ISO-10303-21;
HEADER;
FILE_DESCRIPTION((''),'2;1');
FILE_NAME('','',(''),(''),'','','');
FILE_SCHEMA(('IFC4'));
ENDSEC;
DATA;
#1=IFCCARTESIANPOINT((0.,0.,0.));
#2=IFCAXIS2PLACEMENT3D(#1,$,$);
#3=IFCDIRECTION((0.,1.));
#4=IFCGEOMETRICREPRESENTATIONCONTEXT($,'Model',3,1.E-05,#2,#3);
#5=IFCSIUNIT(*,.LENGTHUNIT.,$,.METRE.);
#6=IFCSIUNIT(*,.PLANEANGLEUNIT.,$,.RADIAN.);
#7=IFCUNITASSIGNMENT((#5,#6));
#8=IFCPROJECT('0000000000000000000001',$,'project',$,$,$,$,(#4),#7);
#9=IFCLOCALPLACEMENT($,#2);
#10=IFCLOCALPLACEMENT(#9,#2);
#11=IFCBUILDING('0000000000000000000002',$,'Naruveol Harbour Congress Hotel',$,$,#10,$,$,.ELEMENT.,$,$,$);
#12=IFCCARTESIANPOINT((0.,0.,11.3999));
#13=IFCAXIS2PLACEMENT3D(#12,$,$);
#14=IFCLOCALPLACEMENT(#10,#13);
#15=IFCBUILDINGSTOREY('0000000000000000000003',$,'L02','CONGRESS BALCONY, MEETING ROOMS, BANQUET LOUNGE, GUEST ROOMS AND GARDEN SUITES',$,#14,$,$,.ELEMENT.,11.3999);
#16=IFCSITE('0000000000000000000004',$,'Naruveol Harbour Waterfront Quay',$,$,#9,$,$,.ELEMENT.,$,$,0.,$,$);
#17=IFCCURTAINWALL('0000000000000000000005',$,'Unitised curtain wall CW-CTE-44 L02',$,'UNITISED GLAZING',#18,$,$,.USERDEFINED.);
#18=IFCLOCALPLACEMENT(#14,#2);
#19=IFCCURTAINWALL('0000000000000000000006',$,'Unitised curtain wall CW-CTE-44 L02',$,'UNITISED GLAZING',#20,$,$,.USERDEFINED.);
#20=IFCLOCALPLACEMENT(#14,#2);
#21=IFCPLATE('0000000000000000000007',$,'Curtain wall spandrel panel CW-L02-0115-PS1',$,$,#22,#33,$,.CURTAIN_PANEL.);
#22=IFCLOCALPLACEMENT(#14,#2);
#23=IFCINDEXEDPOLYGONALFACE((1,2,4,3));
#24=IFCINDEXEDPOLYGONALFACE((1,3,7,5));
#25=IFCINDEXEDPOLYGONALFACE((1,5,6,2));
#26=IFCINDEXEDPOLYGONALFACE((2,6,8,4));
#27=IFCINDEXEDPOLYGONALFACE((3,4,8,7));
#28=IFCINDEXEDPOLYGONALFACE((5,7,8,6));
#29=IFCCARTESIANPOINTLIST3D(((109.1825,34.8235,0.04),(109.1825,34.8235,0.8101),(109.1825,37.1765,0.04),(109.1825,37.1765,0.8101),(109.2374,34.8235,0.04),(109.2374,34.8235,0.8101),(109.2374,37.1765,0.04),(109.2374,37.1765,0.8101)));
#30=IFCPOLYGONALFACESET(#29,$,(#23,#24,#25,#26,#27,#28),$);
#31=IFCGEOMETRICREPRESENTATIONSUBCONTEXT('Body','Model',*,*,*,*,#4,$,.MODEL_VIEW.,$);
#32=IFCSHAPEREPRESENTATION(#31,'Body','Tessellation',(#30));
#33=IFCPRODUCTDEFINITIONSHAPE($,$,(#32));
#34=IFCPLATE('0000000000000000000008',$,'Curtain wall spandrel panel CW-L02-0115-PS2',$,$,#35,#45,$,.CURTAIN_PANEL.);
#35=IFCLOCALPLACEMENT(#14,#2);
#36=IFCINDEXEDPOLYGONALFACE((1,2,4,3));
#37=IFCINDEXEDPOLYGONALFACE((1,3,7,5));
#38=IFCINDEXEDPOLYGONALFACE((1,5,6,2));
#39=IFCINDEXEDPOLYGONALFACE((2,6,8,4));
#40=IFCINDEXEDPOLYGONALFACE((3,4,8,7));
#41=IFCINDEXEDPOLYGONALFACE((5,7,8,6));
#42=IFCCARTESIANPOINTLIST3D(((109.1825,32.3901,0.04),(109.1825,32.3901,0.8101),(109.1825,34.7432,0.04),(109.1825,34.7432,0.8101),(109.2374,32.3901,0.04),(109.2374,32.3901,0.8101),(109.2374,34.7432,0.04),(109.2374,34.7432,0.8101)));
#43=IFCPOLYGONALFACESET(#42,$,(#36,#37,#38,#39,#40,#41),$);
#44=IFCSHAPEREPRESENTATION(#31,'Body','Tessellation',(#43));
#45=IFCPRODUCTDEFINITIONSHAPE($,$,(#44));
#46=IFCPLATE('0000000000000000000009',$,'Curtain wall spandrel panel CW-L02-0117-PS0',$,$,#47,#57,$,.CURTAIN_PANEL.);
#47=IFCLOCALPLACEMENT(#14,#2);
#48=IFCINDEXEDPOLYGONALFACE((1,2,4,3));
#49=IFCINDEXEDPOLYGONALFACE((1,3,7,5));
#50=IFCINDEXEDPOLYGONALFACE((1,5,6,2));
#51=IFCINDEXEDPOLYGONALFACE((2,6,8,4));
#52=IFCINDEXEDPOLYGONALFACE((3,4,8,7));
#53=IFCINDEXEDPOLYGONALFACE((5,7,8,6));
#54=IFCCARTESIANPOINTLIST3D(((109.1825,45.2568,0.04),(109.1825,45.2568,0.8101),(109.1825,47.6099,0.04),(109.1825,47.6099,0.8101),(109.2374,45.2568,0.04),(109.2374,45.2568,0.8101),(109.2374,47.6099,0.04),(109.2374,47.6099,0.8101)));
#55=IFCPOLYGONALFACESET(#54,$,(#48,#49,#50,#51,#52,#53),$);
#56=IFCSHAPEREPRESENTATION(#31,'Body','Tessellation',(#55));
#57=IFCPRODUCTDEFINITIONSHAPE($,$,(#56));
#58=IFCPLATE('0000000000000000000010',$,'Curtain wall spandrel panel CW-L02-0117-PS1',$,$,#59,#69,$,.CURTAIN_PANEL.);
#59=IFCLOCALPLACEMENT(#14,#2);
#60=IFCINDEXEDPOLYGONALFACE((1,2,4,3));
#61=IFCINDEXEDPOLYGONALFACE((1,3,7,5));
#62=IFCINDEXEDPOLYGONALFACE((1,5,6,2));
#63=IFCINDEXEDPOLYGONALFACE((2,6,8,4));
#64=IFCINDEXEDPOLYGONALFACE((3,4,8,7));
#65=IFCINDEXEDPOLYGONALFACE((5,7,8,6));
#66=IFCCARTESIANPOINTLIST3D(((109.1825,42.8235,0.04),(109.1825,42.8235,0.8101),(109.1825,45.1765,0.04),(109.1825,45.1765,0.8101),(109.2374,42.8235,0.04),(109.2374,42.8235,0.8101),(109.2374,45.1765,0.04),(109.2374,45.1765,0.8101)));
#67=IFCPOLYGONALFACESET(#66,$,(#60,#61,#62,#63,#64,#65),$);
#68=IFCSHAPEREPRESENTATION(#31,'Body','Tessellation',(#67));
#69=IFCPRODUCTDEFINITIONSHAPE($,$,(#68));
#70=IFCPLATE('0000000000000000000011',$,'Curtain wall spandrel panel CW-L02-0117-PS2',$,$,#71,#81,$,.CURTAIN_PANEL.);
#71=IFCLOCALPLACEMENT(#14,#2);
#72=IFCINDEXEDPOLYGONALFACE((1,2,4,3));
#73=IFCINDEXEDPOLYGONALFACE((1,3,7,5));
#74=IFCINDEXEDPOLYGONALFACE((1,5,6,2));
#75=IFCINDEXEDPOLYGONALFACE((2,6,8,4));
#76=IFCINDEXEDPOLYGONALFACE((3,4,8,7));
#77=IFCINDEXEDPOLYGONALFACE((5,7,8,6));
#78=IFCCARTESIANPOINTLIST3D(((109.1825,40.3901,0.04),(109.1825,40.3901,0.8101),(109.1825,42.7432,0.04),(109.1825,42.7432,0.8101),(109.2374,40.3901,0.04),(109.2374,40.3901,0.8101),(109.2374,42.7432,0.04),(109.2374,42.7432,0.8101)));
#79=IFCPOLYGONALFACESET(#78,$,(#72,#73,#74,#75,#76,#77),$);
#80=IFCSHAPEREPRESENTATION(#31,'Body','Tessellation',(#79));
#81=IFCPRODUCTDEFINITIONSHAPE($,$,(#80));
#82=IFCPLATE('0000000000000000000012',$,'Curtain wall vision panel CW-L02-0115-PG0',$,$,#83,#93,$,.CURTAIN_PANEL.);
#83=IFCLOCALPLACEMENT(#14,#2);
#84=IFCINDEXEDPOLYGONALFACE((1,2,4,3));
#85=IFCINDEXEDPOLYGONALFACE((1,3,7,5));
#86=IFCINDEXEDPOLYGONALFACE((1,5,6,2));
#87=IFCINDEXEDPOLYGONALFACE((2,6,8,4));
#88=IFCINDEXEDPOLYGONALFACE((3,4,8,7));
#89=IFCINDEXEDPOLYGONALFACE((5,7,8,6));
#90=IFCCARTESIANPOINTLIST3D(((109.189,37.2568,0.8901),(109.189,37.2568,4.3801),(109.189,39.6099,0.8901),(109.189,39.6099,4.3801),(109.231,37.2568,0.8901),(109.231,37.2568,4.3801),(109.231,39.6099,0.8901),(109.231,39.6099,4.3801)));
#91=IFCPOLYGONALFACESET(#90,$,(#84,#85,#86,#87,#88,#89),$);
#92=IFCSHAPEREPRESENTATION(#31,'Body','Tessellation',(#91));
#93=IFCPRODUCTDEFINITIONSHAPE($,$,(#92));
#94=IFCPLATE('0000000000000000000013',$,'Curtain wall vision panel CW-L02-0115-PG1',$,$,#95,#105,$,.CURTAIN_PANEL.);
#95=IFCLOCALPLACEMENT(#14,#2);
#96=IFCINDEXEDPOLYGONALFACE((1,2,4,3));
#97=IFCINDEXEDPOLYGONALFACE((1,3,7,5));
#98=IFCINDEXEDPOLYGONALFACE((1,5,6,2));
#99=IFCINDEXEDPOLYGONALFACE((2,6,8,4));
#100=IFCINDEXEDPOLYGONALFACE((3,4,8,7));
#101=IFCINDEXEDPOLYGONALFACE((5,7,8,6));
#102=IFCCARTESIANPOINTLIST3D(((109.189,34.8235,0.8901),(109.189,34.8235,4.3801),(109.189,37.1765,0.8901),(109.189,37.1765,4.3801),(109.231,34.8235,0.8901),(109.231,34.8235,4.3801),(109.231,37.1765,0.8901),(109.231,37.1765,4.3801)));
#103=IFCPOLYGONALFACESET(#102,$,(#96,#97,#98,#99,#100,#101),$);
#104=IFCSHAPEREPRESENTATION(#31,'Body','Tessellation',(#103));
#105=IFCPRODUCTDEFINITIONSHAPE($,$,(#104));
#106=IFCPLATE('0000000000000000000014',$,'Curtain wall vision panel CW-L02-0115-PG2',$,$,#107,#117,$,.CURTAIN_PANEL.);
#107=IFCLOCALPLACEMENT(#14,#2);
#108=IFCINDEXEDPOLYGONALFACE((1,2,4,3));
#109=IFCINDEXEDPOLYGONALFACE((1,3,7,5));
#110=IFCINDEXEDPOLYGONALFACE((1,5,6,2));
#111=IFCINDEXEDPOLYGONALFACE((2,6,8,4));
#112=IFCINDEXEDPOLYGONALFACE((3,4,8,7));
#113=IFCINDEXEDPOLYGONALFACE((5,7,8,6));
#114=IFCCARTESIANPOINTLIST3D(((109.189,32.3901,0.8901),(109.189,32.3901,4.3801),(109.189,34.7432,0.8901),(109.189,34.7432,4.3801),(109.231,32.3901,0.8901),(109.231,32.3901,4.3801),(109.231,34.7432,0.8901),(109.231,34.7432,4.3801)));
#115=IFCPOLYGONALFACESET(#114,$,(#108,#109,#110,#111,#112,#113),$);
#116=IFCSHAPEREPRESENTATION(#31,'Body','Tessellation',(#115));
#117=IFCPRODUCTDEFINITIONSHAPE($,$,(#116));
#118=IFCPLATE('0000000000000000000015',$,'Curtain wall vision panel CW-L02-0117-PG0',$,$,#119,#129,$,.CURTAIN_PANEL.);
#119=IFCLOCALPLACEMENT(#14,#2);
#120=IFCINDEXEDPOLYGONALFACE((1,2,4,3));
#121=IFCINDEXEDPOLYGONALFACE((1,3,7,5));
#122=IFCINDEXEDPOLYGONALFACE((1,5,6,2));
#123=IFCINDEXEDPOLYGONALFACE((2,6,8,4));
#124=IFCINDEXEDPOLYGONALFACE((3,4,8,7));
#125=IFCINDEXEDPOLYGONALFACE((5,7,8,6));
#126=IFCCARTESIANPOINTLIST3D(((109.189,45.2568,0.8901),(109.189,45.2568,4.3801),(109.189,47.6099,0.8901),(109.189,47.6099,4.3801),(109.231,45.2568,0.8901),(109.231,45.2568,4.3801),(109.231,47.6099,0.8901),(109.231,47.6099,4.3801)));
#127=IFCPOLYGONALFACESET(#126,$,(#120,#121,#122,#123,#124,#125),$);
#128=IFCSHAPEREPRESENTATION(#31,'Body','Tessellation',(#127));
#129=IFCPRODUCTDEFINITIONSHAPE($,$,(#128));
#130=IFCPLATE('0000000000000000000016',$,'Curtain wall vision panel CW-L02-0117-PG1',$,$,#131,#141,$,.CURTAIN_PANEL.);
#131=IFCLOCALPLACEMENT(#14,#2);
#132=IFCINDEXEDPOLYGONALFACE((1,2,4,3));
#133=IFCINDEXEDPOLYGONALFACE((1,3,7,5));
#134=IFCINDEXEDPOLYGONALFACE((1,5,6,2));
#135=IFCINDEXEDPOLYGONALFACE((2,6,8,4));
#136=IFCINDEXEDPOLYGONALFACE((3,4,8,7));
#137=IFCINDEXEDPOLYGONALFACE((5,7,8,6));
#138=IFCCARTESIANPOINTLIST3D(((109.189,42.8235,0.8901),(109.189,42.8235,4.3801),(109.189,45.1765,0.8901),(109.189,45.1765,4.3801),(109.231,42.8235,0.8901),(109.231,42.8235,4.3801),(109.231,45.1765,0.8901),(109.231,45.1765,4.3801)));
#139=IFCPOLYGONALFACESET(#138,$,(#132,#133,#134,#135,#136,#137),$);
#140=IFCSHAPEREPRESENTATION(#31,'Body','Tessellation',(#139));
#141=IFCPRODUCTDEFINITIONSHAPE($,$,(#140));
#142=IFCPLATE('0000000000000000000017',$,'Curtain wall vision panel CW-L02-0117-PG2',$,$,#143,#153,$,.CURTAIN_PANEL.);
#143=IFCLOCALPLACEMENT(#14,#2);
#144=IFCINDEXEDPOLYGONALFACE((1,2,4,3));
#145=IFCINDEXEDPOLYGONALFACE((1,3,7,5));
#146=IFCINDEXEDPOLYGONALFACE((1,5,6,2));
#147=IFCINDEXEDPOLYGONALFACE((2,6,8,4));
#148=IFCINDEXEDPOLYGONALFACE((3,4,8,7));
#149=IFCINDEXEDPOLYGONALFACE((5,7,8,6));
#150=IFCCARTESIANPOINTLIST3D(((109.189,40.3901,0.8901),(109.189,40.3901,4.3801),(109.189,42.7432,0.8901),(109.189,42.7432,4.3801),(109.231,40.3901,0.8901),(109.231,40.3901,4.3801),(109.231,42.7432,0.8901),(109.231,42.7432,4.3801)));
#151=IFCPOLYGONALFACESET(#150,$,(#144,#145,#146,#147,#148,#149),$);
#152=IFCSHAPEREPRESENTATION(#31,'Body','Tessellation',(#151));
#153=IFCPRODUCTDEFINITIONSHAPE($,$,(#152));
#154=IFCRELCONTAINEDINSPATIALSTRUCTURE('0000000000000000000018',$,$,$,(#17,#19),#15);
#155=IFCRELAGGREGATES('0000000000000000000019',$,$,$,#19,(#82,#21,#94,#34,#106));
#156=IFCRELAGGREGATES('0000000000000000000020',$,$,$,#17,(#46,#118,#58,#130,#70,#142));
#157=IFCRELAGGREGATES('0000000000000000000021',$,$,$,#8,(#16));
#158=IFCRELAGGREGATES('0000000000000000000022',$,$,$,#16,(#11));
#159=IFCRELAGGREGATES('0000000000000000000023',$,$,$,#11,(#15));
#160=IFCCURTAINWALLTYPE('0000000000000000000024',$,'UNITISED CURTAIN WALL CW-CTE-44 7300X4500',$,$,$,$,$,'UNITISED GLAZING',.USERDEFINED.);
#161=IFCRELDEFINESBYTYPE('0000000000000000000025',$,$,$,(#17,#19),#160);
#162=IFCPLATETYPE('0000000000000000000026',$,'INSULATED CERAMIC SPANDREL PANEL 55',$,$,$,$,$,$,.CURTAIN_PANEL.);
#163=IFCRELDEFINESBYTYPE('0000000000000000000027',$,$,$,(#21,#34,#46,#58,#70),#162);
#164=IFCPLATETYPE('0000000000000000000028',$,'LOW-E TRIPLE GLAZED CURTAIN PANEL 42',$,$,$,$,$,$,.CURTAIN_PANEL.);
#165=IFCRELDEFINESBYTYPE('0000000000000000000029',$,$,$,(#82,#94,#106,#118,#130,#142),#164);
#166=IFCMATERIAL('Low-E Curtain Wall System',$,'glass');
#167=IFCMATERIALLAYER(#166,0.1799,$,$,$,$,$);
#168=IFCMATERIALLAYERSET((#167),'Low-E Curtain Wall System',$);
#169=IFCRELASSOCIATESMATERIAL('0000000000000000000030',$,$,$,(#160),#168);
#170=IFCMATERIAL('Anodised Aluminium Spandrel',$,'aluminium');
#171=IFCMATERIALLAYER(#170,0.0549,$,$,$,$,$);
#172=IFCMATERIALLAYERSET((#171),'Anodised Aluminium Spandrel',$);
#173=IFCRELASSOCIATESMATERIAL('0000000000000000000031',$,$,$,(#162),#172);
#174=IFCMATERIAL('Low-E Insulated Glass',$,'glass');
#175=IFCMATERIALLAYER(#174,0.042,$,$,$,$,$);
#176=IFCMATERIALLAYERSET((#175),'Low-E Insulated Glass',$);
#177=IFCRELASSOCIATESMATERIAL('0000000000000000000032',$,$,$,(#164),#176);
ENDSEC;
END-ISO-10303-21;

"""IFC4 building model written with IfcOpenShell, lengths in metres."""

from ifc_helpers import new_model, si_unit, direction, frame, origin, origin_2d, place, context, subcontext, project, spatial, rectangle, extrude, material, layer, layer_set, type_object, element, aggregate, save


model = new_model("IFC4")

# Units and contexts
model_context = context("Model", 3, precision=1e-05, world=origin(), true_north=direction((0.0, 1.0)))
body_context = subcontext(model_context, "Body", "Model", "MODEL_VIEW")
ifc_project = project(units=[si_unit("LENGTHUNIT", "METRE"), si_unit("PLANEANGLEUNIT", "RADIAN")], contexts=[model_context])

# Site, building, storey
site_placement = place(None, origin())
site = spatial("IfcSite", under=ifc_project, at=site_placement, Name="Naruveol Harbour Waterfront Quay", CompositionType="ELEMENT", RefElevation=0.0)
building_placement = place(site_placement, origin())
building = spatial("IfcBuilding", under=site, at=building_placement, Name="Naruveol Harbour Congress Hotel", CompositionType="ELEMENT")
storey_placement = place(building_placement, frame((0.0, 0.0, 11.3999)))
storey = spatial("IfcBuildingStorey", under=building, at=storey_placement, Name="L02", Description="CONGRESS BALCONY, MEETING ROOMS, BANQUET LOUNGE, GUEST ROOMS AND GARDEN SUITES", CompositionType="ELEMENT", Elevation=11.3999)

# Curtain wall
ifc_material_1 = material(Name="Low-E Curtain Wall System", Category="glass")
ifc_layer_1 = layer(ifc_material_1, 0.1799)
ifc_layer_set_1 = layer_set([ifc_layer_1], Name="Low-E Curtain Wall System")
curtain_wall_type = type_object("IfcCurtainWallType", Name="UNITISED CURTAIN WALL CW-CTE-44 7300X4500", ElementType="UNITISED GLAZING", PredefinedType="USERDEFINED", material=ifc_layer_set_1)
curtain_wall_1_placement = place(storey_placement, origin())
curtain_wall_1 = element("IfcCurtainWall", 1, at=curtain_wall_1_placement, inside=storey, type_object=curtain_wall_type, Name="Unitised curtain wall CW-CTE-44 L02", ObjectType="UNITISED GLAZING", PredefinedType="USERDEFINED")

# Curtain wall, plates
curtain_wall_2_placement = place(storey_placement, origin())
curtain_wall_2 = element("IfcCurtainWall", 2, at=curtain_wall_2_placement, inside=storey, type_object=curtain_wall_type, Name="Unitised curtain wall CW-CTE-44 L02", ObjectType="UNITISED GLAZING", PredefinedType="USERDEFINED")
ifc_material_2 = material(Name="Anodised Aluminium Spandrel", Category="aluminium")
ifc_layer_2 = layer(ifc_material_2, 0.0549)
ifc_layer_set_2 = layer_set([ifc_layer_2], Name="Anodised Aluminium Spandrel")
plate_type_1 = type_object("IfcPlateType", Name="INSULATED CERAMIC SPANDREL PANEL 55", PredefinedType="CURTAIN_PANEL", material=ifc_layer_set_2)
plate_1_placement = place(storey_placement, frame((109.21, 36.0, 0.04), z_axis=(0.0, 0.0, 1.0), x_axis=(0.0, -1.0, 0.0)))
plate_1 = element("IfcPlate", 3, at=plate_1_placement, type_object=plate_type_1, Name="Curtain wall spandrel panel CW-L02-0115-PS1", PredefinedType="CURTAIN_PANEL", context=body_context, shape_type="SweptSolid", body=[
    extrude(rectangle(XDim=2.353, YDim=0.0549, at=origin_2d()), origin(), (0.0, 0.0, 1.0), 0.77),
])
plate_2_placement = place(storey_placement, frame((109.21, 33.5667, 0.04), z_axis=(0.0, 0.0, 1.0), x_axis=(0.0, -1.0, 0.0)))
plate_2 = element("IfcPlate", 4, at=plate_2_placement, type_object=plate_type_1, Name="Curtain wall spandrel panel CW-L02-0115-PS2", PredefinedType="CURTAIN_PANEL", context=body_context, shape_type="SweptSolid", body=[
    extrude(rectangle(XDim=2.353, YDim=0.0549, at=origin_2d()), origin(), (0.0, 0.0, 1.0), 0.77),
])

# Plates
plate_3_placement = place(storey_placement, frame((109.21, 46.4333, 0.04), z_axis=(0.0, 0.0, 1.0), x_axis=(0.0, -1.0, 0.0)))
plate_3 = element("IfcPlate", 5, at=plate_3_placement, type_object=plate_type_1, Name="Curtain wall spandrel panel CW-L02-0117-PS0", PredefinedType="CURTAIN_PANEL", context=body_context, shape_type="SweptSolid", body=[
    extrude(rectangle(XDim=2.353, YDim=0.0549, at=origin_2d()), origin(), (0.0, 0.0, 1.0), 0.77),
])
plate_4_placement = place(storey_placement, frame((109.21, 44.0, 0.04), z_axis=(0.0, 0.0, 1.0), x_axis=(0.0, -1.0, 0.0)))
plate_4 = element("IfcPlate", 6, at=plate_4_placement, type_object=plate_type_1, Name="Curtain wall spandrel panel CW-L02-0117-PS1", PredefinedType="CURTAIN_PANEL", context=body_context, shape_type="SweptSolid", body=[
    extrude(rectangle(XDim=2.353, YDim=0.0549, at=origin_2d()), origin(), (0.0, 0.0, 1.0), 0.77),
])
plate_5_placement = place(storey_placement, frame((109.21, 41.5667, 0.04), z_axis=(0.0, 0.0, 1.0), x_axis=(0.0, -1.0, 0.0)))
plate_5 = element("IfcPlate", 7, at=plate_5_placement, type_object=plate_type_1, Name="Curtain wall spandrel panel CW-L02-0117-PS2", PredefinedType="CURTAIN_PANEL", context=body_context, shape_type="SweptSolid", body=[
    extrude(rectangle(XDim=2.353, YDim=0.0549, at=origin_2d()), origin(), (0.0, 0.0, 1.0), 0.77),
])
ifc_material_3 = material(Name="Low-E Insulated Glass", Category="glass")
ifc_layer_3 = layer(ifc_material_3, 0.042)
ifc_layer_set_3 = layer_set([ifc_layer_3], Name="Low-E Insulated Glass")
plate_type_2 = type_object("IfcPlateType", Name="LOW-E TRIPLE GLAZED CURTAIN PANEL 42", PredefinedType="CURTAIN_PANEL", material=ifc_layer_set_3)
plate_6_placement = place(storey_placement, frame((109.21, 38.4333, 0.8901), z_axis=(0.0, 0.0, 1.0), x_axis=(0.0, -1.0, 0.0)))
plate_6 = element("IfcPlate", 8, at=plate_6_placement, type_object=plate_type_2, Name="Curtain wall vision panel CW-L02-0115-PG0", PredefinedType="CURTAIN_PANEL", context=body_context, shape_type="SweptSolid", body=[
    extrude(rectangle(XDim=2.353, YDim=0.042, at=origin_2d()), origin(), (0.0, 0.0, 1.0), 3.49),
])
plate_7_placement = place(storey_placement, frame((109.21, 36.0, 0.8901), z_axis=(0.0, 0.0, 1.0), x_axis=(0.0, -1.0, 0.0)))
plate_7 = element("IfcPlate", 9, at=plate_7_placement, type_object=plate_type_2, Name="Curtain wall vision panel CW-L02-0115-PG1", PredefinedType="CURTAIN_PANEL", context=body_context, shape_type="SweptSolid", body=[
    extrude(rectangle(XDim=2.353, YDim=0.042, at=origin_2d()), origin(), (0.0, 0.0, 1.0), 3.49),
])
plate_8_placement = place(storey_placement, frame((109.21, 33.5667, 0.8901), z_axis=(0.0, 0.0, 1.0), x_axis=(0.0, -1.0, 0.0)))
plate_8 = element("IfcPlate", 10, at=plate_8_placement, type_object=plate_type_2, Name="Curtain wall vision panel CW-L02-0115-PG2", PredefinedType="CURTAIN_PANEL", context=body_context, shape_type="SweptSolid", body=[
    extrude(rectangle(XDim=2.353, YDim=0.042, at=origin_2d()), origin(), (0.0, 0.0, 1.0), 3.49),
])
aggregate(curtain_wall_2, [plate_6, plate_1, plate_7, plate_2, plate_8])
plate_9_placement = place(storey_placement, frame((109.21, 46.4333, 0.8901), z_axis=(0.0, 0.0, 1.0), x_axis=(0.0, -1.0, 0.0)))
plate_9 = element("IfcPlate", 11, at=plate_9_placement, type_object=plate_type_2, Name="Curtain wall vision panel CW-L02-0117-PG0", PredefinedType="CURTAIN_PANEL", context=body_context, shape_type="SweptSolid", body=[
    extrude(rectangle(XDim=2.353, YDim=0.042, at=origin_2d()), origin(), (0.0, 0.0, 1.0), 3.49),
])
plate_10_placement = place(storey_placement, frame((109.21, 44.0, 0.8901), z_axis=(0.0, 0.0, 1.0), x_axis=(0.0, -1.0, 0.0)))
plate_10 = element("IfcPlate", 12, at=plate_10_placement, type_object=plate_type_2, Name="Curtain wall vision panel CW-L02-0117-PG1", PredefinedType="CURTAIN_PANEL", context=body_context, shape_type="SweptSolid", body=[
    extrude(rectangle(XDim=2.353, YDim=0.042, at=origin_2d()), origin(), (0.0, 0.0, 1.0), 3.49),
])
plate_11_placement = place(storey_placement, frame((109.21, 41.5667, 0.8901), z_axis=(0.0, 0.0, 1.0), x_axis=(0.0, -1.0, 0.0)))
plate_11 = element("IfcPlate", 13, at=plate_11_placement, type_object=plate_type_2, Name="Curtain wall vision panel CW-L02-0117-PG2", PredefinedType="CURTAIN_PANEL", context=body_context, shape_type="SweptSolid", body=[
    extrude(rectangle(XDim=2.353, YDim=0.042, at=origin_2d()), origin(), (0.0, 0.0, 1.0), 3.49),
])
aggregate(curtain_wall_1, [plate_3, plate_9, plate_4, plate_10, plate_5, plate_11])

save(model, "model.ifc")
